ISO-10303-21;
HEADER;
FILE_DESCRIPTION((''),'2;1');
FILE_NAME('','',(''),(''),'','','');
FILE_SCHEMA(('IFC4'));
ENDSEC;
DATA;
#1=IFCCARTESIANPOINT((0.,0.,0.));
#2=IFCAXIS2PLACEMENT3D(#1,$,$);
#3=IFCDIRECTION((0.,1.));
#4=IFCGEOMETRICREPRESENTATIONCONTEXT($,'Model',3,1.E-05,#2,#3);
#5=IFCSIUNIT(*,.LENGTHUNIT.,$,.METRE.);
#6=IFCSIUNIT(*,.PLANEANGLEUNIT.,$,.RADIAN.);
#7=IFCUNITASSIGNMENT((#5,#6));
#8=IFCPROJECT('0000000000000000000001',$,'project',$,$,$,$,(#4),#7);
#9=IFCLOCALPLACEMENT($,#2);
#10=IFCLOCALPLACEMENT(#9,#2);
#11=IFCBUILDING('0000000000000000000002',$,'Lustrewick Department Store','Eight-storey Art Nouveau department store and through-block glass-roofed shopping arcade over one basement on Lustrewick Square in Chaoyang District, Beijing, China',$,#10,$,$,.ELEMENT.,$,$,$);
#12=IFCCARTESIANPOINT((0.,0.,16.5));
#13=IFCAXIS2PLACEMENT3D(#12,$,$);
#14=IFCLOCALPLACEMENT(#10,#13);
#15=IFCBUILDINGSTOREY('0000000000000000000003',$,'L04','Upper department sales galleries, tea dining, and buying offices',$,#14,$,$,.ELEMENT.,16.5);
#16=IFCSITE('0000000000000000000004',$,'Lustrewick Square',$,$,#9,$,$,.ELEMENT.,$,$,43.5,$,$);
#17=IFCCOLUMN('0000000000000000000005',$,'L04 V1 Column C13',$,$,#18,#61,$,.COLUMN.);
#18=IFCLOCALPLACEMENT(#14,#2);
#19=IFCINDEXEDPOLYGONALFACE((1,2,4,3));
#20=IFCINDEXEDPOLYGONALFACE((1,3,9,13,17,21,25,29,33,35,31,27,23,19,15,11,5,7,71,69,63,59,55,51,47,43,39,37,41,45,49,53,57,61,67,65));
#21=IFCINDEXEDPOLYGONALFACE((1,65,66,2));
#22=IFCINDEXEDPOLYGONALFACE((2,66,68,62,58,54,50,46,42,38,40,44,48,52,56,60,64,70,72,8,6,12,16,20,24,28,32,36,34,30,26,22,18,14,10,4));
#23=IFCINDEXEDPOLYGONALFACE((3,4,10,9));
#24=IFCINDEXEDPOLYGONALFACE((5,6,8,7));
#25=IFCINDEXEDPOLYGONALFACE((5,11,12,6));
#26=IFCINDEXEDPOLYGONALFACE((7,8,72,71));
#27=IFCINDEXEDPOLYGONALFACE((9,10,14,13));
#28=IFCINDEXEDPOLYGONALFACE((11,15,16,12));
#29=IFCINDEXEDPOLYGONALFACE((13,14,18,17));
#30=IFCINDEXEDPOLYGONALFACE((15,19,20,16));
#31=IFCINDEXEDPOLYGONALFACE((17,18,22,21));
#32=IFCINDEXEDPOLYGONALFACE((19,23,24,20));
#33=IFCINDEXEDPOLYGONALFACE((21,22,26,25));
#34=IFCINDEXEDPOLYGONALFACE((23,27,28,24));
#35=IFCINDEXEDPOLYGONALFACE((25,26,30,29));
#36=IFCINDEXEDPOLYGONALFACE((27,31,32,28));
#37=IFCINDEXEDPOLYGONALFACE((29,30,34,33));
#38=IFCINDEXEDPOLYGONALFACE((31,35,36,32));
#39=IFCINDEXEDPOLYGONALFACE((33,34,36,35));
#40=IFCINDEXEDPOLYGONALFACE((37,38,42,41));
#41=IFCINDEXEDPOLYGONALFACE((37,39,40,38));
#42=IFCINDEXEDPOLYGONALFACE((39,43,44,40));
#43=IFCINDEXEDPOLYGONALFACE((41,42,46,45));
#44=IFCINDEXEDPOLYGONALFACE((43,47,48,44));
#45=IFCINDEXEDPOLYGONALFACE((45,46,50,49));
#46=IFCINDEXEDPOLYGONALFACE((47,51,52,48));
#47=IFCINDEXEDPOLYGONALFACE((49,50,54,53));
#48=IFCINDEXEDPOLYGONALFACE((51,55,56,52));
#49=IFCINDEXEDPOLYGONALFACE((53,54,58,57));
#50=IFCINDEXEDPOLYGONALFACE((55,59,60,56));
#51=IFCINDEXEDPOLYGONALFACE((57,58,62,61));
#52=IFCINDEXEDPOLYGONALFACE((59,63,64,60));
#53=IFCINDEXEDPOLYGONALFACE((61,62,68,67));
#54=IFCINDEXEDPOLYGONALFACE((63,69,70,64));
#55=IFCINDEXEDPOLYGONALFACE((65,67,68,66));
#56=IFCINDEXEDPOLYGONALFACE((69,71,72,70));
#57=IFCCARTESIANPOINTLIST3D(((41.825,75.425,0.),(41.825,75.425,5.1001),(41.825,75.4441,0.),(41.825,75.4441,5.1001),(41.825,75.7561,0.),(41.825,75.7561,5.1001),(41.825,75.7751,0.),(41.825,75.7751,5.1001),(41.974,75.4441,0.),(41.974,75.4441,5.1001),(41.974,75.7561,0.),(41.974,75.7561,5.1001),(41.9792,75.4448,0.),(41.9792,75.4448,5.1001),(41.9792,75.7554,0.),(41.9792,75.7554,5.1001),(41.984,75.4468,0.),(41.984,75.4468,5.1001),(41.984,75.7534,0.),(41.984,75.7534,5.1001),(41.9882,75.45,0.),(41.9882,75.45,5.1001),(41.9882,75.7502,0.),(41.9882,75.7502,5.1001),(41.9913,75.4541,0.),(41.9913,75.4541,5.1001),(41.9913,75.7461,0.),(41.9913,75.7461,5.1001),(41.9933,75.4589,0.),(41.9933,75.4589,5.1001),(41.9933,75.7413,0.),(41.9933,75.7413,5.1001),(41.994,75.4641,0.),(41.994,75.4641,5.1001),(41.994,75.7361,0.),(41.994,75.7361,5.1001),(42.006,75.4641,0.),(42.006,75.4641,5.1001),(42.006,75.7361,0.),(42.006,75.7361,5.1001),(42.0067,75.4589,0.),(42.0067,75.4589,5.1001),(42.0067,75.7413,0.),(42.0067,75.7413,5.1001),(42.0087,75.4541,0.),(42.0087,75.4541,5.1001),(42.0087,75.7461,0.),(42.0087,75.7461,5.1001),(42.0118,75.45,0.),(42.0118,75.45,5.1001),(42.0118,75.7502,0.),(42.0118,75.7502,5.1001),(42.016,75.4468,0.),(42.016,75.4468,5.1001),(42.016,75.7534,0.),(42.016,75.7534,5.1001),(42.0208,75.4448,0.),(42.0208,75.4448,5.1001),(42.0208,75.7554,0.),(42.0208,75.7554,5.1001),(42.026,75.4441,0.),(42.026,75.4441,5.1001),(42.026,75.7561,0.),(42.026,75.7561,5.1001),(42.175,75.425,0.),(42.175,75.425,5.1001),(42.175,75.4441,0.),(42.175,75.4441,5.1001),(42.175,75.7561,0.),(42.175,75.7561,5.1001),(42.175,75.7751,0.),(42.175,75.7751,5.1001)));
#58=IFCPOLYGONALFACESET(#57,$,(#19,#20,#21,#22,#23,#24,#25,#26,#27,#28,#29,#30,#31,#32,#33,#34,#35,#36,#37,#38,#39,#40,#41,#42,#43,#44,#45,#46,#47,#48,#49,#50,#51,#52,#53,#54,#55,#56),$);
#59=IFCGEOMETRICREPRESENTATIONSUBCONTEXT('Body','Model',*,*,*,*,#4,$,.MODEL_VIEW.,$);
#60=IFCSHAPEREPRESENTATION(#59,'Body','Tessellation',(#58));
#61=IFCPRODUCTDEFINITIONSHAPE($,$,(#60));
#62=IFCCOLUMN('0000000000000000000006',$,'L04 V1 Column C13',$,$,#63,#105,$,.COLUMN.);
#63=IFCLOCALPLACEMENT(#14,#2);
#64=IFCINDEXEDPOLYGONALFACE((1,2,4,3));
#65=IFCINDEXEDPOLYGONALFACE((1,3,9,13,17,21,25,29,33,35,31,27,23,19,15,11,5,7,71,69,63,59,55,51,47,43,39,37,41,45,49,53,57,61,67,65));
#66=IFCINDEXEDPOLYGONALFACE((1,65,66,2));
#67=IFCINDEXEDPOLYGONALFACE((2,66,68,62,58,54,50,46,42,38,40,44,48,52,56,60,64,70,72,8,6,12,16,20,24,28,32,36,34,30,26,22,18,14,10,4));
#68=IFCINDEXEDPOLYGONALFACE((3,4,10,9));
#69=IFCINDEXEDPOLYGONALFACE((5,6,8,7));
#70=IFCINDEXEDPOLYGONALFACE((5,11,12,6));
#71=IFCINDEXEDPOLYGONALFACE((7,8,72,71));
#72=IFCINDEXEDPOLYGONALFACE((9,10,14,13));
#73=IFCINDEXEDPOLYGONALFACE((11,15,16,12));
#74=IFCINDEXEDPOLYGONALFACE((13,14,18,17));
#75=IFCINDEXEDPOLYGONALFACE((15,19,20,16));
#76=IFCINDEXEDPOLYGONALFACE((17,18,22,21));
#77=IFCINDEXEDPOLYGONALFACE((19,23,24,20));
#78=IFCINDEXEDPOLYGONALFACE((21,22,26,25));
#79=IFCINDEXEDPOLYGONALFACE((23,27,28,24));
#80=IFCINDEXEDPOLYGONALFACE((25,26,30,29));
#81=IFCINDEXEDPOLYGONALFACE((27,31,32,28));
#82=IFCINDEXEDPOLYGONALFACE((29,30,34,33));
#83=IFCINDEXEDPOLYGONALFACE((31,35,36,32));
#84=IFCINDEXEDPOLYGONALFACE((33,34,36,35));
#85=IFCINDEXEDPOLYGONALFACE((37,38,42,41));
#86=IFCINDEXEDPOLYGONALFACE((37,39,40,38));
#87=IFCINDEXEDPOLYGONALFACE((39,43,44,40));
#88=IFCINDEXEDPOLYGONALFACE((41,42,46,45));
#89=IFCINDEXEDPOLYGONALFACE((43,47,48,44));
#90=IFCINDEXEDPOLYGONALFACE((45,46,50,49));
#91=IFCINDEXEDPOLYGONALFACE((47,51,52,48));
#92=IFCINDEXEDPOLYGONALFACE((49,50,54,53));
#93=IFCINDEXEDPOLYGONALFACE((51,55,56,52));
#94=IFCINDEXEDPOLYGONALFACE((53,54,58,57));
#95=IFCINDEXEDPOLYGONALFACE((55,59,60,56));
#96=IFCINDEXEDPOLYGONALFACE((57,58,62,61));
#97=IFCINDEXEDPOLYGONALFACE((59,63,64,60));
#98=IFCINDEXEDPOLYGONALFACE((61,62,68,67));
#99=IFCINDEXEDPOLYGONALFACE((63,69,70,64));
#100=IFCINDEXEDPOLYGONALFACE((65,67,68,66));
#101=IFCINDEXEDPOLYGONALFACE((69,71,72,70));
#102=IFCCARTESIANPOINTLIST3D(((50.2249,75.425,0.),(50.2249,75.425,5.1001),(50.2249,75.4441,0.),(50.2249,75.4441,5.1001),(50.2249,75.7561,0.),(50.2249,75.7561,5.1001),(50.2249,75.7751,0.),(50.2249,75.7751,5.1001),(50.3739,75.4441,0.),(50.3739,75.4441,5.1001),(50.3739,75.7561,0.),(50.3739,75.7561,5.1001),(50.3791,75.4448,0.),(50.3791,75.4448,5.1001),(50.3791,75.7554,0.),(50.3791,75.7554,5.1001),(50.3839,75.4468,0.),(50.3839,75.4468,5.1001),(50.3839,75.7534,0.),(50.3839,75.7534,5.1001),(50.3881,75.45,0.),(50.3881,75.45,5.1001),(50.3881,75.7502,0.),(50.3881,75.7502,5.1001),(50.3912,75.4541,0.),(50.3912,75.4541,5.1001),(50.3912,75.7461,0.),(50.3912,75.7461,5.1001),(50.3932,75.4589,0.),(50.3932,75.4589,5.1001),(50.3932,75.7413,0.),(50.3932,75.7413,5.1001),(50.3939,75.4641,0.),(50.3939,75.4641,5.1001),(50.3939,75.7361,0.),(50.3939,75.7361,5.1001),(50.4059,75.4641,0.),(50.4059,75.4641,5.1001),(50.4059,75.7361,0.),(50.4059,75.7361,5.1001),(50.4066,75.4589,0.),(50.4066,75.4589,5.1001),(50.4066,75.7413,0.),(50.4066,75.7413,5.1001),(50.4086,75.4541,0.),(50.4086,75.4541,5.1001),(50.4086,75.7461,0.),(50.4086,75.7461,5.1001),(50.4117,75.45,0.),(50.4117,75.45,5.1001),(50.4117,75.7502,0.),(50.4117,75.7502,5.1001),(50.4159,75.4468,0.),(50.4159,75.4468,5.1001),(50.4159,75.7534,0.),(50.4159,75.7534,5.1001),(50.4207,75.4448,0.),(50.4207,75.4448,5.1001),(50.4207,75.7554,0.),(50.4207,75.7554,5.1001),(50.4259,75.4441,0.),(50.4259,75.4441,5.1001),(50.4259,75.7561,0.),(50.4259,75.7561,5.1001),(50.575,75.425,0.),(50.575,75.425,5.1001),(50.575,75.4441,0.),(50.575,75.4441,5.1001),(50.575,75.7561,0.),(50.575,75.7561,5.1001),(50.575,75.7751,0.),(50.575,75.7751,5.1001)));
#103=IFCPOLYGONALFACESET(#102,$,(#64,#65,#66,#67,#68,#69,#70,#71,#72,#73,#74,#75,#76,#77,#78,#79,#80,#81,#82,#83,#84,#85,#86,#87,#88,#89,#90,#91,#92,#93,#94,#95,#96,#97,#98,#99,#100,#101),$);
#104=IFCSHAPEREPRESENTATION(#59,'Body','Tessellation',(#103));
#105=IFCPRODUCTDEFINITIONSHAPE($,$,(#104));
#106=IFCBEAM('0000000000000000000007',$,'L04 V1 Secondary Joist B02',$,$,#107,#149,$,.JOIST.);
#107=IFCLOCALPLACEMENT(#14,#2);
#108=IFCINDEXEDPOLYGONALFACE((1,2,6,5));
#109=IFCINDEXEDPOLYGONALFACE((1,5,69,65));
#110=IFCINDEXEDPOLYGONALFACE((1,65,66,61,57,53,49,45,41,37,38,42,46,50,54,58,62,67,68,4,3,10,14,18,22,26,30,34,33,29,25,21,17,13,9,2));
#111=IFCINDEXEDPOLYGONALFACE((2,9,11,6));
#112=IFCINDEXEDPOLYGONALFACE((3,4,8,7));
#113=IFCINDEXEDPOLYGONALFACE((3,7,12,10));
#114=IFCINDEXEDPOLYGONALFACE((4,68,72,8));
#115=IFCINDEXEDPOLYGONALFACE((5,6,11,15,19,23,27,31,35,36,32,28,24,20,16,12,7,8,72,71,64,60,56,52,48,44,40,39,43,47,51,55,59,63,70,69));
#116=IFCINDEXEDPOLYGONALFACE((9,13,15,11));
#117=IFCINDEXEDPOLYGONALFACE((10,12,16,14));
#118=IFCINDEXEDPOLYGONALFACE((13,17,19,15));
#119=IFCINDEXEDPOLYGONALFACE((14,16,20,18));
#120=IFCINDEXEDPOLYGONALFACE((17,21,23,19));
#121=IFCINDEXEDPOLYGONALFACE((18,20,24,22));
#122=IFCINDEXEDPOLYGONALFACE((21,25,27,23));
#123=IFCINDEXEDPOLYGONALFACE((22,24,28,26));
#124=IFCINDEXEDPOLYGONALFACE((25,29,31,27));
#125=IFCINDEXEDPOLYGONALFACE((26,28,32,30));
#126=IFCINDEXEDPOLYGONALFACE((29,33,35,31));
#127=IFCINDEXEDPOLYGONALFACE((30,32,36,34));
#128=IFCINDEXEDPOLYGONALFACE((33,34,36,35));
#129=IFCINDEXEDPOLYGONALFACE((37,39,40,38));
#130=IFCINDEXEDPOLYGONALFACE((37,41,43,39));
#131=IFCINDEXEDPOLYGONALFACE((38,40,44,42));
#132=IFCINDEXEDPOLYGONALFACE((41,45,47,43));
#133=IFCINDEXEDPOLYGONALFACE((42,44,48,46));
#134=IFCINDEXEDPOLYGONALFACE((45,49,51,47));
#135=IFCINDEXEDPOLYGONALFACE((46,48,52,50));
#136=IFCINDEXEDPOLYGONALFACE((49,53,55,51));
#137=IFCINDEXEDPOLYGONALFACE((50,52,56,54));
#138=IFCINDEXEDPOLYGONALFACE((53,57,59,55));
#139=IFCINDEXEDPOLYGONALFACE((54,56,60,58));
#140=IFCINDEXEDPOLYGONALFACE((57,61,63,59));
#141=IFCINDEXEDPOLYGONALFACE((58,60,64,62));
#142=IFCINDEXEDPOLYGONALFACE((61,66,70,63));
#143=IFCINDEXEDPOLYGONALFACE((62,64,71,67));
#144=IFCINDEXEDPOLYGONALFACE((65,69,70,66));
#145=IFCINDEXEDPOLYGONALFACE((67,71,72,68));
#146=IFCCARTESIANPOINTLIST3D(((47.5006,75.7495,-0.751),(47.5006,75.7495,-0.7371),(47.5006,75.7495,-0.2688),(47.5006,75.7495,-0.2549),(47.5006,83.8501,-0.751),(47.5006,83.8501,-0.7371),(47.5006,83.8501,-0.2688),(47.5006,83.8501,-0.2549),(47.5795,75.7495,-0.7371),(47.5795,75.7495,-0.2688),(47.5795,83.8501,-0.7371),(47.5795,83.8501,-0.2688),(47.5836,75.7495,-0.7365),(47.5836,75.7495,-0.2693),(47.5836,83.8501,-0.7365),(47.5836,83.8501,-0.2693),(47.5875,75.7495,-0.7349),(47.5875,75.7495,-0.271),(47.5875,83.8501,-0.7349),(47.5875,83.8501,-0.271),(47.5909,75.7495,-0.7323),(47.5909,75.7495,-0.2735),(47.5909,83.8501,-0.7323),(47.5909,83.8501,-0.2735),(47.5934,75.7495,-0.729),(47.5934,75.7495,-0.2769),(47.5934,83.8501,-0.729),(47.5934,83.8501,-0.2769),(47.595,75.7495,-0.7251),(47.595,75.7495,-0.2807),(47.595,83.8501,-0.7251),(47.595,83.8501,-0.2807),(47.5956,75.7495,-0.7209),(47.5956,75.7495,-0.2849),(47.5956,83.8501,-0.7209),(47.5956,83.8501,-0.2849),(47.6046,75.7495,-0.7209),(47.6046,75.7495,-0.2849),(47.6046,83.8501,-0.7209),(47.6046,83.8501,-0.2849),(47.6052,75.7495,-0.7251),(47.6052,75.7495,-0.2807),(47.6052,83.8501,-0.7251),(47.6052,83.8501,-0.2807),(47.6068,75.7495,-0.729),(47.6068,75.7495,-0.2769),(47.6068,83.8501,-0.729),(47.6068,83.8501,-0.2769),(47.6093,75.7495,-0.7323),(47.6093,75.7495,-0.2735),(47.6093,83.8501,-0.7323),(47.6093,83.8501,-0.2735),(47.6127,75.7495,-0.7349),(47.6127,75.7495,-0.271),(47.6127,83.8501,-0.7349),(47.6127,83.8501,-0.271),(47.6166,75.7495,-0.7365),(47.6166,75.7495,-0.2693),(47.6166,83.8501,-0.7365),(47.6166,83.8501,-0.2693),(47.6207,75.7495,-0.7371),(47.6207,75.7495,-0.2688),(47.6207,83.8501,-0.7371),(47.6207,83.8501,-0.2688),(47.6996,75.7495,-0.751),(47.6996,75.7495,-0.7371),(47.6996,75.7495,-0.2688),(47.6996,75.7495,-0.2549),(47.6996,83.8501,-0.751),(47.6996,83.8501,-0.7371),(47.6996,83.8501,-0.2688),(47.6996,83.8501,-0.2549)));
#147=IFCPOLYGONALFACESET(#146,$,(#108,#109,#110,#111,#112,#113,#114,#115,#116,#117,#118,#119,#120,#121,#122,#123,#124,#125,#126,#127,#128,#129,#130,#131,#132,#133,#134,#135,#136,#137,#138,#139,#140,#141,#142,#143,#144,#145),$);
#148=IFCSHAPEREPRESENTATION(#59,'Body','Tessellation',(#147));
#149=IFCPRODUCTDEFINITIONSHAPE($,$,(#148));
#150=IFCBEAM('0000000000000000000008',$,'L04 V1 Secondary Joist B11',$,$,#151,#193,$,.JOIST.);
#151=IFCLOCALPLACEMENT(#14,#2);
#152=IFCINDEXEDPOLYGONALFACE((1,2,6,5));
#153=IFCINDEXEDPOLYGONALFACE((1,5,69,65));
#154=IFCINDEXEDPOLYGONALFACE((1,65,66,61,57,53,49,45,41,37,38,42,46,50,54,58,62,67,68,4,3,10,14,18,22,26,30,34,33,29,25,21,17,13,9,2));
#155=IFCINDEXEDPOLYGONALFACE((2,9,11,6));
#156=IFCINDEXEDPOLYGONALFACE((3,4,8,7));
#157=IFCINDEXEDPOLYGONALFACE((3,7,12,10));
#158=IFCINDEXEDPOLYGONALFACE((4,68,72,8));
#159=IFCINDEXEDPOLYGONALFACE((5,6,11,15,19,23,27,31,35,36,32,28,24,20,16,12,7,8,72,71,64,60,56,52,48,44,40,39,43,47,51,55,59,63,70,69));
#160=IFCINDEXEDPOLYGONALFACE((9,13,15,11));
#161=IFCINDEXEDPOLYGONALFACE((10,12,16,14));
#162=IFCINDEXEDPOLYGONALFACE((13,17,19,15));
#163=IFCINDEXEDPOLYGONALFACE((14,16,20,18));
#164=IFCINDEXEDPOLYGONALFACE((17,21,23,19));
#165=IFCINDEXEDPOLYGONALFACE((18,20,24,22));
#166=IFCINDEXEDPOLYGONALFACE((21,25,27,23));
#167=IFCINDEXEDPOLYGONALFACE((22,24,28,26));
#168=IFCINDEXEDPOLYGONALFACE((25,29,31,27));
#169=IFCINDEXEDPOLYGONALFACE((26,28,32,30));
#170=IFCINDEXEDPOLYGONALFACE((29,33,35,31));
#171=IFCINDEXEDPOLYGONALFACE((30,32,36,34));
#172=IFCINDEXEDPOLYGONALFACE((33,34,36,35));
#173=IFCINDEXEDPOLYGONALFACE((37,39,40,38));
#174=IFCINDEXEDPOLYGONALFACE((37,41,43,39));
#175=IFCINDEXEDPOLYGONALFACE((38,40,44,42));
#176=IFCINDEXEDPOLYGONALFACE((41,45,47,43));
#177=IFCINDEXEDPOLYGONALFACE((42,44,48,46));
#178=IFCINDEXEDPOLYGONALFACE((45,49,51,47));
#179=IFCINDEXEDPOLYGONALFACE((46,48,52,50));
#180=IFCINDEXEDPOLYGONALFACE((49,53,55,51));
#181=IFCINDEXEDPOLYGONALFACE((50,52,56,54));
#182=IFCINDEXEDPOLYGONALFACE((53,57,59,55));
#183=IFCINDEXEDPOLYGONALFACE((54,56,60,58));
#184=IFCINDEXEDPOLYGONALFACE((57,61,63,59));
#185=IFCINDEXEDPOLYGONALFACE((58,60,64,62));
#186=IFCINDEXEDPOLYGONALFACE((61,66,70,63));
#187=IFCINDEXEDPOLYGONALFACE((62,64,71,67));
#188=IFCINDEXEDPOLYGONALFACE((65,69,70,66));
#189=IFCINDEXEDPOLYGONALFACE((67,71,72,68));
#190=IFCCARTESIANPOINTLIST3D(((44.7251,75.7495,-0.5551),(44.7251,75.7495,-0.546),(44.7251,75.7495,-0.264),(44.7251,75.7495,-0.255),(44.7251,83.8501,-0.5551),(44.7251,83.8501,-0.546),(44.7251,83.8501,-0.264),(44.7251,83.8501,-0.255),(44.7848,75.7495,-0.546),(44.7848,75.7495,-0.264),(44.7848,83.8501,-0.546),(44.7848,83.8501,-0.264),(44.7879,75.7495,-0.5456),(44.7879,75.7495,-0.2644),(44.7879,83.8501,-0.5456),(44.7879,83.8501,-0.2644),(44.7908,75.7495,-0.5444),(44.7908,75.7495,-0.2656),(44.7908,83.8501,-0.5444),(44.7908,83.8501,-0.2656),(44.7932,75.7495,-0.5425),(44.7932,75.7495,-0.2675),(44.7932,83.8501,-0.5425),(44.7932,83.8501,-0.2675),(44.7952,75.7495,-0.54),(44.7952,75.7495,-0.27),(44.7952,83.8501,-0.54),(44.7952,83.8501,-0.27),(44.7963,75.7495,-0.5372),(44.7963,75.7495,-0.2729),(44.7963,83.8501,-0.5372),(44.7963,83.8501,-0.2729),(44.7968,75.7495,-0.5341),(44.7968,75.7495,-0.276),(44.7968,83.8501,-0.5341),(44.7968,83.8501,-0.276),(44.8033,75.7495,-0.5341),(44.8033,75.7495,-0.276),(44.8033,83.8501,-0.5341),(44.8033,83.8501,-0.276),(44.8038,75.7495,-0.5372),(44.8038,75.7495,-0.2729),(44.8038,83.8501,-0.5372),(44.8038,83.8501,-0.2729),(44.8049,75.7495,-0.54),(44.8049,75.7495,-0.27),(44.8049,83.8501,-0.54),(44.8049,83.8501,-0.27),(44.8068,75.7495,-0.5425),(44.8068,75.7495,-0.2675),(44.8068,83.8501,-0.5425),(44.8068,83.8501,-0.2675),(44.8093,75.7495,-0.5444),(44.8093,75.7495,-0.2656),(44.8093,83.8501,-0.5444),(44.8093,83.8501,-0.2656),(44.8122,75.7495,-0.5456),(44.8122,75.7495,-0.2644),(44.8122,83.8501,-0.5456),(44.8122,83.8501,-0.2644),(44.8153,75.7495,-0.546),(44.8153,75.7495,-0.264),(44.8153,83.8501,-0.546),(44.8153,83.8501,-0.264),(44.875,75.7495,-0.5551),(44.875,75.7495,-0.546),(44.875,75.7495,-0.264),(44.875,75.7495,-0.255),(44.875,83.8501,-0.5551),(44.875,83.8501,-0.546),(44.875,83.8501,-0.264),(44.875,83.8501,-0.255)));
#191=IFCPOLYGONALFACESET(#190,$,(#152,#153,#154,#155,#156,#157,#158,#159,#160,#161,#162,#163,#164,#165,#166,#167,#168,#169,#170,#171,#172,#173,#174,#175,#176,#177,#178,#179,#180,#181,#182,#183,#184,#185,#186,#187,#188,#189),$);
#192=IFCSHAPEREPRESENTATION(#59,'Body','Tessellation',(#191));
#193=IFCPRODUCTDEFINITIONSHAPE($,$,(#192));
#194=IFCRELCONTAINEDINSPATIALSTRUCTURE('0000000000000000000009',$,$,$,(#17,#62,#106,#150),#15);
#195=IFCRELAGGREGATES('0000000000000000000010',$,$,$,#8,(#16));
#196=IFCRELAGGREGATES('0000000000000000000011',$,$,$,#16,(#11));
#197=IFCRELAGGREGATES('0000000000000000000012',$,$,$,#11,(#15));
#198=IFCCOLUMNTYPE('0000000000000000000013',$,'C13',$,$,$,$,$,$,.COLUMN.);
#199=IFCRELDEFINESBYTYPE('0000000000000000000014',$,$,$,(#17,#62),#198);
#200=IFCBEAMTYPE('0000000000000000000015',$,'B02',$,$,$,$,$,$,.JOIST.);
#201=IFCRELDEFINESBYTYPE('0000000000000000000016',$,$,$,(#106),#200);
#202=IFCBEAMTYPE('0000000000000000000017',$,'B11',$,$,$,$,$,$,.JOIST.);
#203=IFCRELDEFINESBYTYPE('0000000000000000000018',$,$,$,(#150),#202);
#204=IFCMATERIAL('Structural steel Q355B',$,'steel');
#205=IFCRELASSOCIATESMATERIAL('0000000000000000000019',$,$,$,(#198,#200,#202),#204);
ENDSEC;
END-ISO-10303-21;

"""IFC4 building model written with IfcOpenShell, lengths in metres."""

from ifc_helpers import new_model, si_unit, direction, frame, origin, origin_2d, place, context, subcontext, project, spatial, i_section, extrude, material, material_profile, profile_set, type_object, element, save


model = new_model("IFC4")

# Units and contexts
model_context = context("Model", 3, precision=1e-05, world=origin(), true_north=direction((0.0, 1.0)))
body_context = subcontext(model_context, "Body", "Model", "MODEL_VIEW")
ifc_project = project(units=[si_unit("LENGTHUNIT", "METRE"), si_unit("PLANEANGLEUNIT", "RADIAN")], contexts=[model_context])

# Site, building, storey
site_placement = place(None, origin())
site = spatial("IfcSite", under=ifc_project, at=site_placement, Name="Lustrewick Square", CompositionType="ELEMENT", RefElevation=43.5)
building_placement = place(site_placement, origin())
building = spatial("IfcBuilding", under=site, at=building_placement, Name="Lustrewick Department Store", Description="Eight-storey Art Nouveau department store and through-block glass-roofed shopping arcade over one basement on Lustrewick Square in Chaoyang District, Beijing, China", CompositionType="ELEMENT")
storey_placement = place(building_placement, frame((0.0, 0.0, 16.5)))
storey = spatial("IfcBuildingStorey", under=building, at=storey_placement, Name="L04", Description="Upper department sales galleries, tea dining, and buying offices", CompositionType="ELEMENT", Elevation=16.5)

# Columns
ifc_material_1 = material(Name="Structural steel Q355B", Category="steel")
ifc_material_profile_1 = material_profile(ifc_material_1, i_section(OverallWidth=0.3501, OverallDepth=0.3501, WebThickness=0.012, FlangeThickness=0.019, FilletRadius=0.02, at=origin_2d()), Name="HW 350x350x12x19")
ifc_profile_set_1 = profile_set([ifc_material_profile_1], Name="Structural steel Q355B")
column_type = type_object("IfcColumnType", Name="C13", PredefinedType="COLUMN", material=ifc_profile_set_1)
for number, where, z_axis, x_axis, name in (
    (1, (42.0, 75.6001, 0.0), (0.0, 0.0, 1.0), (1.0, 0.0, 0.0), "L04 V1 Column C13"),
    (2, (50.3999, 75.6001, 0.0), (0.0, 0.0, 1.0), (1.0, 0.0, 0.0), "L04 V1 Column C13"),
):
    element("IfcColumn", number, at=place(storey_placement, frame(where, z_axis=z_axis, x_axis=x_axis)), inside=storey, type_object=column_type, Name=name, PredefinedType="COLUMN", context=body_context, shape_type="SweptSolid", body=[
        extrude(i_section(OverallWidth=0.3501, OverallDepth=0.3501, WebThickness=0.012, FlangeThickness=0.019, FilletRadius=0.02, at=origin_2d()), origin(), (0.0, 0.0, 1.0), 5.1001),
    ])

# Beams
ifc_material_profile_2 = material_profile(ifc_material_1, i_section(OverallWidth=0.199, OverallDepth=0.4961, WebThickness=0.009, FlangeThickness=0.0139, FilletRadius=0.0161, at=origin_2d()), Name="HN 496x199x9x14")
ifc_profile_set_2 = profile_set([ifc_material_profile_2], Name="Structural steel Q355B")
beam_type_1 = type_object("IfcBeamType", Name="B02", PredefinedType="JOIST", material=ifc_profile_set_2)
beam_1_placement = place(storey_placement, frame((47.6001, 75.7495, -0.5029), z_axis=(0.0, 1.0, 0.0), x_axis=(-1.0, 0.0, 0.0)))
element("IfcBeam", 3, at=beam_1_placement, inside=storey, type_object=beam_type_1, Name="L04 V1 Secondary Joist B02", PredefinedType="JOIST", context=body_context, shape_type="SweptSolid", body=[
    extrude(i_section(OverallWidth=0.199, OverallDepth=0.4961, WebThickness=0.009, FlangeThickness=0.0139, FilletRadius=0.0161, at=origin_2d()), origin(), (0.0, 0.0, 1.0), 8.1006),
])
ifc_material_profile_3 = material_profile(ifc_material_1, i_section(OverallWidth=0.1499, OverallDepth=0.3, WebThickness=0.0066, FlangeThickness=0.009, FilletRadius=0.012, at=origin_2d()), Name="HN 300x150x6.5x9")
ifc_profile_set_3 = profile_set([ifc_material_profile_3], Name="Structural steel Q355B")
beam_type_2 = type_object("IfcBeamType", Name="B11", PredefinedType="JOIST", material=ifc_profile_set_3)
beam_2_placement = place(storey_placement, frame((44.8, 75.7495, -0.405), z_axis=(0.0, 1.0, 0.0), x_axis=(-1.0, 0.0, 0.0)))
element("IfcBeam", 4, at=beam_2_placement, inside=storey, type_object=beam_type_2, Name="L04 V1 Secondary Joist B11", PredefinedType="JOIST", context=body_context, shape_type="SweptSolid", body=[
    extrude(i_section(OverallWidth=0.1499, OverallDepth=0.3, WebThickness=0.0066, FlangeThickness=0.009, FilletRadius=0.012, at=origin_2d()), origin(), (0.0, 0.0, 1.0), 8.1006),
])

save(model, "model.ifc")
